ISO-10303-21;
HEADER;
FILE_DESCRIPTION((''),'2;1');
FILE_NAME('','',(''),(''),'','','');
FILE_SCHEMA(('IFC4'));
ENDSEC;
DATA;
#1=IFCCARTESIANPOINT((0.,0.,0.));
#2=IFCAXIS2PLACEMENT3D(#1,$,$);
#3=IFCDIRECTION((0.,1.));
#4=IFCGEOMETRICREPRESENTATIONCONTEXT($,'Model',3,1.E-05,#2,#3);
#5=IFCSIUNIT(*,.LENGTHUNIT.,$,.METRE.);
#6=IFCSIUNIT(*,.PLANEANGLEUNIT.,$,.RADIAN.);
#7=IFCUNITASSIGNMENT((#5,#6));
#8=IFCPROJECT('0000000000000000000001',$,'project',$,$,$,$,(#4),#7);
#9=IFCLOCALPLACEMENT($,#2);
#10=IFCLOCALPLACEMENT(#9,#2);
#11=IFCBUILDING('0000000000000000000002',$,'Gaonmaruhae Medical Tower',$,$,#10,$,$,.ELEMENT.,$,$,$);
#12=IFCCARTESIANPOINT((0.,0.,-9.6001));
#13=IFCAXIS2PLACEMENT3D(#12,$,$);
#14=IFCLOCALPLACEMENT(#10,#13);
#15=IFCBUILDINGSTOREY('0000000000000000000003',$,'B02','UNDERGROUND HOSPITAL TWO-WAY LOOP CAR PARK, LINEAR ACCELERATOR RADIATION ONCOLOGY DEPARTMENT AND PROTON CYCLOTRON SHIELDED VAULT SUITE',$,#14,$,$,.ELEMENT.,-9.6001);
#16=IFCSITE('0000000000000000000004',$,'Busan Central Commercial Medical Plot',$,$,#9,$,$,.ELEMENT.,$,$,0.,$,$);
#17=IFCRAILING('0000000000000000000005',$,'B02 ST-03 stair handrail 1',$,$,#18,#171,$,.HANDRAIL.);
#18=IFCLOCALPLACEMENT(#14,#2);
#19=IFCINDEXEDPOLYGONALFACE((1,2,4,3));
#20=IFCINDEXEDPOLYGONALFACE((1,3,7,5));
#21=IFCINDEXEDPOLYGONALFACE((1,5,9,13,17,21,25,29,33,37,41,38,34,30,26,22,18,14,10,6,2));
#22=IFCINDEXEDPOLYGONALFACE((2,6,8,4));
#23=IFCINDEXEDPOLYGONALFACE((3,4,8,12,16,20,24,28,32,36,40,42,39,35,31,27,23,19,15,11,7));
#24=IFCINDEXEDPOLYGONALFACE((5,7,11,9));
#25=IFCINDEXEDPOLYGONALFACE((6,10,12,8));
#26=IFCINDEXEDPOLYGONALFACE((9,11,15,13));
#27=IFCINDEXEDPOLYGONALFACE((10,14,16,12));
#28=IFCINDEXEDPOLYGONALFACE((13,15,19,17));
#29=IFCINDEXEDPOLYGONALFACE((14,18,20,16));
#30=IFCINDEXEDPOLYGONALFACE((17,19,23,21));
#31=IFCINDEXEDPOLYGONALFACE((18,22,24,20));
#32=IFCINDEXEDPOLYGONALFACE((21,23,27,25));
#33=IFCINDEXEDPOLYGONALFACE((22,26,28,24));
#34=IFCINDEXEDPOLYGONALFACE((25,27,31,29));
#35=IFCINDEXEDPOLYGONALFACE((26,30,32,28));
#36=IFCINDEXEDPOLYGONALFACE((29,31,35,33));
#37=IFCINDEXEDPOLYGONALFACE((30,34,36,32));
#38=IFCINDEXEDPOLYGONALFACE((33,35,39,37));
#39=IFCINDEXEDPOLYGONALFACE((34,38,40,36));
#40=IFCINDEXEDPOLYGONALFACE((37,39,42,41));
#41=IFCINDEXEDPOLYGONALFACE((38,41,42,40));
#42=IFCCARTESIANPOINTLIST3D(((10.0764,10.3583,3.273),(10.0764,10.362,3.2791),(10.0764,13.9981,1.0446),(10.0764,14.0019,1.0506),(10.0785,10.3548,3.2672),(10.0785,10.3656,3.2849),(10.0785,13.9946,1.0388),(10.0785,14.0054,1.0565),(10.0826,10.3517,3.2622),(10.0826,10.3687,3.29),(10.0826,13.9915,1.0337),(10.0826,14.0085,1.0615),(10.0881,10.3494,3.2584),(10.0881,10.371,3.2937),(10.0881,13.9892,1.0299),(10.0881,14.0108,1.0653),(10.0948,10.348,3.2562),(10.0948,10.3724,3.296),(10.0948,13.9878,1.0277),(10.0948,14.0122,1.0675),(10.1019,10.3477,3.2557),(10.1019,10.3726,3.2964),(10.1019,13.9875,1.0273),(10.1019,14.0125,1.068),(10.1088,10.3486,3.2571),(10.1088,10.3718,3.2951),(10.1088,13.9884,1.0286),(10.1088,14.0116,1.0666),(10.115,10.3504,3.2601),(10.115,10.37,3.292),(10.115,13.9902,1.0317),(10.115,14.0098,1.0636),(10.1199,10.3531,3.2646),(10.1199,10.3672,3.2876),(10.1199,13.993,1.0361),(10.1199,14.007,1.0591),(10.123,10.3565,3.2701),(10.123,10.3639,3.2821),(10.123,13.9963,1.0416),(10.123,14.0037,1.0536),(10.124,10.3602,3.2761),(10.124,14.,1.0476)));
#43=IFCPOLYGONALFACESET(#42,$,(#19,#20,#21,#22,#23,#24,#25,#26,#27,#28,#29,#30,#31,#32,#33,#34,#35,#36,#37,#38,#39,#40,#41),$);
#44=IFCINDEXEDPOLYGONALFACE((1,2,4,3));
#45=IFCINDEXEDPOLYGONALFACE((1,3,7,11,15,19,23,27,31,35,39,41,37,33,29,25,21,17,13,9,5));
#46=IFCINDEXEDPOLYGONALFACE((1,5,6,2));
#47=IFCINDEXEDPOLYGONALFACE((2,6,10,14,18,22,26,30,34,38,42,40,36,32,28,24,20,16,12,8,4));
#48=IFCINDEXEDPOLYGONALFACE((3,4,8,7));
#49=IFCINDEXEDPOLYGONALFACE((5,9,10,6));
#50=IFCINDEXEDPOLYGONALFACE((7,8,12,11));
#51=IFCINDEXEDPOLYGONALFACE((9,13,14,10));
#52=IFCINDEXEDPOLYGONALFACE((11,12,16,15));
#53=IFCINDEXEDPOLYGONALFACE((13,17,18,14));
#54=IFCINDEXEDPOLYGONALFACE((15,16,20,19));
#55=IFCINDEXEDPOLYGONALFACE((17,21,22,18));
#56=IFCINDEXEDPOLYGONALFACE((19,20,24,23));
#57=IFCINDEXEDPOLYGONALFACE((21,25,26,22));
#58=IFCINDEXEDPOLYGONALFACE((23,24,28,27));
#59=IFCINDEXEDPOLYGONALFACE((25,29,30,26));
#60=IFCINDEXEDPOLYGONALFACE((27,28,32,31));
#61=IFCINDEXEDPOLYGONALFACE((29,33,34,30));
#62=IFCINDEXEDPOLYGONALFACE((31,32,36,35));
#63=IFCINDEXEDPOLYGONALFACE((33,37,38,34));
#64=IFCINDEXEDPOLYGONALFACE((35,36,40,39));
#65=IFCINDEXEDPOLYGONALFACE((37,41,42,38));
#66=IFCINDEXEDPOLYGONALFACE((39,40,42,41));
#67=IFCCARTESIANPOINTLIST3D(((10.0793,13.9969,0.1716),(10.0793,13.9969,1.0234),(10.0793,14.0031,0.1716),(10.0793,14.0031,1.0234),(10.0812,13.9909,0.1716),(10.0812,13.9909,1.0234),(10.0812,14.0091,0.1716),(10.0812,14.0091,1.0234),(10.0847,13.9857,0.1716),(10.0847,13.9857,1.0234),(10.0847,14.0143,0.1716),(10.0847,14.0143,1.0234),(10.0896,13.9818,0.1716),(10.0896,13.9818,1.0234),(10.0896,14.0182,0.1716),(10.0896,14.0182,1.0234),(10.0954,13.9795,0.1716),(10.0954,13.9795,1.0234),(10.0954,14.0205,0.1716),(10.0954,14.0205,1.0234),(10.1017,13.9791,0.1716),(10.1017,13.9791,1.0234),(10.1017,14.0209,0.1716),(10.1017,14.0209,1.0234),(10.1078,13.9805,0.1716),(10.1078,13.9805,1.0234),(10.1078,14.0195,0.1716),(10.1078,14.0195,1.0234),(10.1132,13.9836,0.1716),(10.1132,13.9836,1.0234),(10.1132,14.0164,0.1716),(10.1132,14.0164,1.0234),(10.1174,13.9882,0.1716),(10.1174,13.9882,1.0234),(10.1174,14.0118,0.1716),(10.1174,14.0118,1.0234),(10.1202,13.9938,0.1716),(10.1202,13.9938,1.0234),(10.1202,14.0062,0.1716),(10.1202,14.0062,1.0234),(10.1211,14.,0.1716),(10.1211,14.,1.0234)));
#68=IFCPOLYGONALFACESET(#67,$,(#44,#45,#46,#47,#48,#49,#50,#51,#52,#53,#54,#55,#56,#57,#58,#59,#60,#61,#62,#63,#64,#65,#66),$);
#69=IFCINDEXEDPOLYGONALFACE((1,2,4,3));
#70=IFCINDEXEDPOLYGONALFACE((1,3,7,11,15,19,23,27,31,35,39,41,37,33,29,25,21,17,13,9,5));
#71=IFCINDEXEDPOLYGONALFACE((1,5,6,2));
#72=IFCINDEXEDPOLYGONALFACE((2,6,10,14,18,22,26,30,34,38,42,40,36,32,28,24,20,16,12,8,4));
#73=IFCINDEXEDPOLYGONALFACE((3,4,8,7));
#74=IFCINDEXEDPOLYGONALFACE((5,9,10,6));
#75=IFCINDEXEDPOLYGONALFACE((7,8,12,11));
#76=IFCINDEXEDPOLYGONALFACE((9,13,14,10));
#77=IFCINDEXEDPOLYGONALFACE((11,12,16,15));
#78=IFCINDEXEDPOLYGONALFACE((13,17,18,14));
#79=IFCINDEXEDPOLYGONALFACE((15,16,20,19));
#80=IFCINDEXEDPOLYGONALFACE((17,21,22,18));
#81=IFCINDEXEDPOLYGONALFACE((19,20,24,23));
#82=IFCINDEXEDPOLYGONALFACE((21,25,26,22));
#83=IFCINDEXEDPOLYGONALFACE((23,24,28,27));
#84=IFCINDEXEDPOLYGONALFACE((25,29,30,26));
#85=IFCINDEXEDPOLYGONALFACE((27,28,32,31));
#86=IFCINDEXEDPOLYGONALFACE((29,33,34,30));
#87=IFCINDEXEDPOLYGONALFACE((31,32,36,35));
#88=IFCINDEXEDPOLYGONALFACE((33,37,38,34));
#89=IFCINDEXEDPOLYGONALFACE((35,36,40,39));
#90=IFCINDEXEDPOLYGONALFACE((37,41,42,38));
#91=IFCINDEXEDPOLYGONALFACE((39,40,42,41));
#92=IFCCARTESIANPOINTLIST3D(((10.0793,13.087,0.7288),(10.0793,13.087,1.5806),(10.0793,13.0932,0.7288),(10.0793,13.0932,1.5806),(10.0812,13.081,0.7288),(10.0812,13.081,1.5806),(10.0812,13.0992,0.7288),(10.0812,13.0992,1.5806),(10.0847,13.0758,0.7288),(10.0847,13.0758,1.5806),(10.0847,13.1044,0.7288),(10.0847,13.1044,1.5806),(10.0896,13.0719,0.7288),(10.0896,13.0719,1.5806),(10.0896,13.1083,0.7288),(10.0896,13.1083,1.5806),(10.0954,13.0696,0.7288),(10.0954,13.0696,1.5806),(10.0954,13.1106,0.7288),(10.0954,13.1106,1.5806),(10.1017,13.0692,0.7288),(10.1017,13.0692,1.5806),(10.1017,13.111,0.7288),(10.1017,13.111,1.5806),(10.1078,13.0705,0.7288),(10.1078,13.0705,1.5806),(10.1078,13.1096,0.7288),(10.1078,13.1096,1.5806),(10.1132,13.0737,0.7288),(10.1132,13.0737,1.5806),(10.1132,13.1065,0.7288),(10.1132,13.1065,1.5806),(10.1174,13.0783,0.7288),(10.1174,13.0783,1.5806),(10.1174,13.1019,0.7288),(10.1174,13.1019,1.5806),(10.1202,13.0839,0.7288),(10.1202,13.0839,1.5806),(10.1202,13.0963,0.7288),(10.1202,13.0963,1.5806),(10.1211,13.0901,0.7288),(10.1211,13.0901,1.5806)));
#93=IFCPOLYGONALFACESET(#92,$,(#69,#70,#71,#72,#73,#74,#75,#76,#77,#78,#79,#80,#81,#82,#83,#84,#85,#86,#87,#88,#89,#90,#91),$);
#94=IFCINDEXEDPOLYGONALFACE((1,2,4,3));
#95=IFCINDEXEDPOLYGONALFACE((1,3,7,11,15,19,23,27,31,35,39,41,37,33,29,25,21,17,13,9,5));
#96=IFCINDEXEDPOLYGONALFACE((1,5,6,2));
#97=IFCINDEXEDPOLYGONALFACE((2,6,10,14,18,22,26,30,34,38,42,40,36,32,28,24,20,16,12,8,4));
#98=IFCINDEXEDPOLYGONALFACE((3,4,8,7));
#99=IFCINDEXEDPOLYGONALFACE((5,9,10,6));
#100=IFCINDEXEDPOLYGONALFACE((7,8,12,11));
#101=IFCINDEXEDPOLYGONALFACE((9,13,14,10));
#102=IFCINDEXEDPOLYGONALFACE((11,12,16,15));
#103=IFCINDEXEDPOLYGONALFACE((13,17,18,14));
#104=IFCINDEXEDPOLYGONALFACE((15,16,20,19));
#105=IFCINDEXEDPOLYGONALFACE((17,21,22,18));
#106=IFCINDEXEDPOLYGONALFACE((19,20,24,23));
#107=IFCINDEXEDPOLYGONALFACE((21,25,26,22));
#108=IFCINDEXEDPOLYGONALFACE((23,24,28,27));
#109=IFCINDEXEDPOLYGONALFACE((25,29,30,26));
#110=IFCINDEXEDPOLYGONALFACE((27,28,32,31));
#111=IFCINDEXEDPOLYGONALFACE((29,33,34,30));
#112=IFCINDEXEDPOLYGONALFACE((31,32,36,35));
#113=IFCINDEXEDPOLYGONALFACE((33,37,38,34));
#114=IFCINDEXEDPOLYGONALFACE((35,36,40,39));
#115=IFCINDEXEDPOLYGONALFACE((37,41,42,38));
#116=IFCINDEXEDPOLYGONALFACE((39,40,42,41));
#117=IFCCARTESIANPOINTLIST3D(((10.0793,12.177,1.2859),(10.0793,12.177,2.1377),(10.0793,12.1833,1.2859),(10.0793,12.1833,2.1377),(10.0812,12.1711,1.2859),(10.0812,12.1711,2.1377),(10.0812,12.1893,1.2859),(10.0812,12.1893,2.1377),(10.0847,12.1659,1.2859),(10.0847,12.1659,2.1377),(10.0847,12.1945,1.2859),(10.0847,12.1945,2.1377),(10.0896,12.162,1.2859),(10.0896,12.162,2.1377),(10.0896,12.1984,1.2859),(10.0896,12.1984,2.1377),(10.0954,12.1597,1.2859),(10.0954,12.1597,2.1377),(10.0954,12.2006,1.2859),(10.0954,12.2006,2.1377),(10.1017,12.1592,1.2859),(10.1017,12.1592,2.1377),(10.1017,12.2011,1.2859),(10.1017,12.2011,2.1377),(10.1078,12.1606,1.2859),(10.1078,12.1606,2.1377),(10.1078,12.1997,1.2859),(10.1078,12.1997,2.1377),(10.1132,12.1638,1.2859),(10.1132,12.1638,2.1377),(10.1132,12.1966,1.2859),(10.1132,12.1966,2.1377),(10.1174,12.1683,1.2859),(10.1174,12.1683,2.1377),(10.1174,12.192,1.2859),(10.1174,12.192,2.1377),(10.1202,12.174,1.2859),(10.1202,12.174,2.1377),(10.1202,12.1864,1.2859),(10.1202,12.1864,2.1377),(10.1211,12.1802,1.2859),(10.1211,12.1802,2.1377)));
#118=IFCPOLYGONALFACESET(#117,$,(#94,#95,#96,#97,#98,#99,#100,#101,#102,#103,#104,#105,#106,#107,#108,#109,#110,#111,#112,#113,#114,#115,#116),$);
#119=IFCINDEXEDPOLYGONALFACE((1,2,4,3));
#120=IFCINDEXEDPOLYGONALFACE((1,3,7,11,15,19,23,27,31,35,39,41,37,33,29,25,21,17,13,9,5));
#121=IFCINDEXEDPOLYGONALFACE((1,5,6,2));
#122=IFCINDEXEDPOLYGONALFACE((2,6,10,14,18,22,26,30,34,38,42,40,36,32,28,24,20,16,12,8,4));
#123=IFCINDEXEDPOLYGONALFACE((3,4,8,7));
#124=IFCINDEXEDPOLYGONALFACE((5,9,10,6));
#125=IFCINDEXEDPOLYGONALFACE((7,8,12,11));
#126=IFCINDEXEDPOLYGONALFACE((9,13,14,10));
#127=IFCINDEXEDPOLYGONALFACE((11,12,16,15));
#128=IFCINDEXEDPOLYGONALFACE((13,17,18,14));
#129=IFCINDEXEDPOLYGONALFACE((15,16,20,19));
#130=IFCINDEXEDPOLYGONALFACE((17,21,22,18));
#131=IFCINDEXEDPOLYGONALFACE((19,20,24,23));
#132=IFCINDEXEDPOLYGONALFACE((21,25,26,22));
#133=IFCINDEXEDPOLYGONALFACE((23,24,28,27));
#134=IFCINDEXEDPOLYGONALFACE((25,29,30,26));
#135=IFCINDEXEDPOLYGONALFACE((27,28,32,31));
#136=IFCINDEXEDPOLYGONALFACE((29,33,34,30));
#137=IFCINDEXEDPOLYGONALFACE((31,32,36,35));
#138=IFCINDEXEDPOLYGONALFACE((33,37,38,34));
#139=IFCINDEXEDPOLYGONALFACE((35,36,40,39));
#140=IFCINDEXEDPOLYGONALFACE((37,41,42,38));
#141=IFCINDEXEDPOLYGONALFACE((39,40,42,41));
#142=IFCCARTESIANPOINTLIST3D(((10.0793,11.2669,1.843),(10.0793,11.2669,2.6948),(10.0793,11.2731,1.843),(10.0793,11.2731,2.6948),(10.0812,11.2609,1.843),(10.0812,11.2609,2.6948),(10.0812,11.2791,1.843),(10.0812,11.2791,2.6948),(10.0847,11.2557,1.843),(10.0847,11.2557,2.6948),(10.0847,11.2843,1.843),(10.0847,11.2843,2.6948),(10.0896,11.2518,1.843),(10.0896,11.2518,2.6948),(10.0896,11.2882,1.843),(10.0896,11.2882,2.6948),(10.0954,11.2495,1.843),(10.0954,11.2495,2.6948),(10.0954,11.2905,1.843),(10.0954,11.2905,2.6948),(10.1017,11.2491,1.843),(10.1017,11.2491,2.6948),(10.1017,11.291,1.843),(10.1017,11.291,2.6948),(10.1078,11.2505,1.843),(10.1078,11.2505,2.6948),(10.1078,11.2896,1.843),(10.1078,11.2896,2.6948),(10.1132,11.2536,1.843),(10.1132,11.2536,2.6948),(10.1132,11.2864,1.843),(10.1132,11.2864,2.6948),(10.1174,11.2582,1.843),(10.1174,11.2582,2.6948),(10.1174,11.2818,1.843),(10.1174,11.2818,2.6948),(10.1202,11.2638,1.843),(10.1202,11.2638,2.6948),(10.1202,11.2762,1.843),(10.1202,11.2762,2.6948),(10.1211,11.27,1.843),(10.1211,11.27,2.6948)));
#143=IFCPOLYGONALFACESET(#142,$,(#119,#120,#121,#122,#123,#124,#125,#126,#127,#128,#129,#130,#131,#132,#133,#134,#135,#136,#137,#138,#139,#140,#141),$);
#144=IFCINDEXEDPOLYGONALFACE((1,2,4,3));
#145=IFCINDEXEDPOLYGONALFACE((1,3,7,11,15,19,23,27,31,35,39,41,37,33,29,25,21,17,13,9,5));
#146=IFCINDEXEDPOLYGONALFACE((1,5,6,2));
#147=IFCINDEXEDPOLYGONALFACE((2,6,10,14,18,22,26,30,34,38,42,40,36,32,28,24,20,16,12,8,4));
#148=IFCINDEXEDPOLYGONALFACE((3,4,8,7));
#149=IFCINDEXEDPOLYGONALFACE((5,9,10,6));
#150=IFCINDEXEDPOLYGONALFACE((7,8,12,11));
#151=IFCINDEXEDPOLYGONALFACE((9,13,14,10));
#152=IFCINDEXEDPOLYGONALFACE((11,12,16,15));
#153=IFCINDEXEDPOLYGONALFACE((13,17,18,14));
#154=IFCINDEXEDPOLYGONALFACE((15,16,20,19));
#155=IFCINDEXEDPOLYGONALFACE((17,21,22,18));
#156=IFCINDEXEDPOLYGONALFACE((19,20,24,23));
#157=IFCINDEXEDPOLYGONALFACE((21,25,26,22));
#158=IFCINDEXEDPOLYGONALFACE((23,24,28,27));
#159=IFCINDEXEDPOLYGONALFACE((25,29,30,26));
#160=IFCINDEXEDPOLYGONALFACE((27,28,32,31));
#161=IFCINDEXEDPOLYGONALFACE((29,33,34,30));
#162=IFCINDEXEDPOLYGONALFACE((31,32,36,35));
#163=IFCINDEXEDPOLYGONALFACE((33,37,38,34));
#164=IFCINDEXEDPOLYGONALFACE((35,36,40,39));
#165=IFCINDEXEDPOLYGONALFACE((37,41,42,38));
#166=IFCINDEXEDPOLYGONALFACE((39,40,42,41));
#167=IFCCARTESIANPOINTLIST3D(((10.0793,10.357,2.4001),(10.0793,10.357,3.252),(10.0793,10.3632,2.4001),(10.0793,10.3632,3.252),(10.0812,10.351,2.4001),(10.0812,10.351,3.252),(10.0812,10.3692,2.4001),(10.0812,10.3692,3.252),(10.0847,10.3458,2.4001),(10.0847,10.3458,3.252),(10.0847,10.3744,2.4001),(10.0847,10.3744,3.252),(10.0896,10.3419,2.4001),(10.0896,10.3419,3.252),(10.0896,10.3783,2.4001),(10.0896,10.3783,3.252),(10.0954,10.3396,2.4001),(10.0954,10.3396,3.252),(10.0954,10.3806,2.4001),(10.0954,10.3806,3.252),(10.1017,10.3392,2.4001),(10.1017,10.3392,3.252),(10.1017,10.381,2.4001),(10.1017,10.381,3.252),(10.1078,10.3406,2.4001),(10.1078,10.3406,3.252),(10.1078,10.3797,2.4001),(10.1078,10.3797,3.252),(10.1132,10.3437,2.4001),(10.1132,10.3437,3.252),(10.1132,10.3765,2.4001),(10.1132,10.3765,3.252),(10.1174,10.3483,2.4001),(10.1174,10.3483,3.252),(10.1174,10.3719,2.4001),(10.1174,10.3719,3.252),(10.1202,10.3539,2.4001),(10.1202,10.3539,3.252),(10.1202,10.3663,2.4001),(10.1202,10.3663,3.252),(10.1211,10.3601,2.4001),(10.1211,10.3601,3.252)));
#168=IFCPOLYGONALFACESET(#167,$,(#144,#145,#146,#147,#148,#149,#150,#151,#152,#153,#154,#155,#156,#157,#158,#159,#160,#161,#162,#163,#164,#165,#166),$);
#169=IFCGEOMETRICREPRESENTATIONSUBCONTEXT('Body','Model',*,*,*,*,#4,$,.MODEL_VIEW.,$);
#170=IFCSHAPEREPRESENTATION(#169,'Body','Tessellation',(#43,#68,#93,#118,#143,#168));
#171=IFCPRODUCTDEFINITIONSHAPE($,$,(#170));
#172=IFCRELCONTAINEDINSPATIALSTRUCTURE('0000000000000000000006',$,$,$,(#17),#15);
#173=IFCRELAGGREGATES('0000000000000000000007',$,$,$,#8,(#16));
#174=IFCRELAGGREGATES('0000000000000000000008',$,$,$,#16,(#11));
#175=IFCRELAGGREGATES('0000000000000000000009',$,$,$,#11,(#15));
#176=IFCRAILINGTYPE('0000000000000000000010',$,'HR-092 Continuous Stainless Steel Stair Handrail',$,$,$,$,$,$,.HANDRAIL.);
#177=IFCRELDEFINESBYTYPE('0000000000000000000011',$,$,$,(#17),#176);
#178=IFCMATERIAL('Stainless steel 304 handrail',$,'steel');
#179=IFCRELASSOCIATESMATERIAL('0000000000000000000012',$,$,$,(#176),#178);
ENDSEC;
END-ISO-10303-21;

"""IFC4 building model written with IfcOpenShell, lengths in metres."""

from ifc_helpers import new_model, si_unit, direction, frame, origin, origin_2d, place, context, subcontext, project, spatial, circle, extrude, material, type_object, element, save


model = new_model("IFC4")

# Units and contexts
model_context = context("Model", 3, precision=1e-05, world=origin(), true_north=direction((0.0, 1.0)))
body_context = subcontext(model_context, "Body", "Model", "MODEL_VIEW")
ifc_project = project(units=[si_unit("LENGTHUNIT", "METRE"), si_unit("PLANEANGLEUNIT", "RADIAN")], contexts=[model_context])

# Site, building, storey
site_placement = place(None, origin())
site = spatial("IfcSite", under=ifc_project, at=site_placement, Name="Busan Central Commercial Medical Plot", CompositionType="ELEMENT", RefElevation=0.0)
building_placement = place(site_placement, origin())
building = spatial("IfcBuilding", under=site, at=building_placement, Name="Gaonmaruhae Medical Tower", CompositionType="ELEMENT")
storey_placement = place(building_placement, frame((0.0, 0.0, -9.6001)))
storey = spatial("IfcBuildingStorey", under=building, at=storey_placement, Name="B02", Description="UNDERGROUND HOSPITAL TWO-WAY LOOP CAR PARK, LINEAR ACCELERATOR RADIATION ONCOLOGY DEPARTMENT AND PROTON CYCLOTRON SHIELDED VAULT SUITE", CompositionType="ELEMENT", Elevation=-9.6001)

# Railing
ifc_material_1 = material(Name="Stainless steel 304 handrail", Category="steel")
railing_type_1 = type_object("IfcRailingType", Name="HR-092 Continuous Stainless Steel Stair Handrail", PredefinedType="HANDRAIL", material=ifc_material_1)
for number, where, name in (
    (1, (10.1001, 14.0, 0.1716), "B02 ST-03 stair handrail 1"),
):
    element("IfcRailing", number, at=place(storey_placement, frame(where)), inside=storey, type_object=railing_type_1, Name=name, PredefinedType="HANDRAIL", context=body_context, shape_type="SweptSolid", body=[
        extrude(circle(Radius=0.0239, at=origin_2d()), frame((0.0, 0.0, 0.876), z_axis=(0.0, -0.85285, 0.522156), x_axis=(1.0, 0.0, 0.0)), (0.0, 0.0, 1.0), 4.2678),
        extrude(circle(Radius=0.021, at=origin_2d()), origin(), (0.0, 0.0, 1.0), 0.8518),
        extrude(circle(Radius=0.021, at=origin_2d()), frame((0.0, -0.9099, 0.5571)), (0.0, 0.0, 1.0), 0.8518),
        extrude(circle(Radius=0.021, at=origin_2d()), frame((0.0, -1.8198, 1.1143)), (0.0, 0.0, 1.0), 0.8518),
        extrude(circle(Radius=0.021, at=origin_2d()), frame((0.0, -2.73, 1.6714)), (0.0, 0.0, 1.0), 0.8518),
        extrude(circle(Radius=0.021, at=origin_2d()), frame((0.0, -3.6399, 2.2285)), (0.0, 0.0, 1.0), 0.8518),
    ])

save(model, "model.ifc")
